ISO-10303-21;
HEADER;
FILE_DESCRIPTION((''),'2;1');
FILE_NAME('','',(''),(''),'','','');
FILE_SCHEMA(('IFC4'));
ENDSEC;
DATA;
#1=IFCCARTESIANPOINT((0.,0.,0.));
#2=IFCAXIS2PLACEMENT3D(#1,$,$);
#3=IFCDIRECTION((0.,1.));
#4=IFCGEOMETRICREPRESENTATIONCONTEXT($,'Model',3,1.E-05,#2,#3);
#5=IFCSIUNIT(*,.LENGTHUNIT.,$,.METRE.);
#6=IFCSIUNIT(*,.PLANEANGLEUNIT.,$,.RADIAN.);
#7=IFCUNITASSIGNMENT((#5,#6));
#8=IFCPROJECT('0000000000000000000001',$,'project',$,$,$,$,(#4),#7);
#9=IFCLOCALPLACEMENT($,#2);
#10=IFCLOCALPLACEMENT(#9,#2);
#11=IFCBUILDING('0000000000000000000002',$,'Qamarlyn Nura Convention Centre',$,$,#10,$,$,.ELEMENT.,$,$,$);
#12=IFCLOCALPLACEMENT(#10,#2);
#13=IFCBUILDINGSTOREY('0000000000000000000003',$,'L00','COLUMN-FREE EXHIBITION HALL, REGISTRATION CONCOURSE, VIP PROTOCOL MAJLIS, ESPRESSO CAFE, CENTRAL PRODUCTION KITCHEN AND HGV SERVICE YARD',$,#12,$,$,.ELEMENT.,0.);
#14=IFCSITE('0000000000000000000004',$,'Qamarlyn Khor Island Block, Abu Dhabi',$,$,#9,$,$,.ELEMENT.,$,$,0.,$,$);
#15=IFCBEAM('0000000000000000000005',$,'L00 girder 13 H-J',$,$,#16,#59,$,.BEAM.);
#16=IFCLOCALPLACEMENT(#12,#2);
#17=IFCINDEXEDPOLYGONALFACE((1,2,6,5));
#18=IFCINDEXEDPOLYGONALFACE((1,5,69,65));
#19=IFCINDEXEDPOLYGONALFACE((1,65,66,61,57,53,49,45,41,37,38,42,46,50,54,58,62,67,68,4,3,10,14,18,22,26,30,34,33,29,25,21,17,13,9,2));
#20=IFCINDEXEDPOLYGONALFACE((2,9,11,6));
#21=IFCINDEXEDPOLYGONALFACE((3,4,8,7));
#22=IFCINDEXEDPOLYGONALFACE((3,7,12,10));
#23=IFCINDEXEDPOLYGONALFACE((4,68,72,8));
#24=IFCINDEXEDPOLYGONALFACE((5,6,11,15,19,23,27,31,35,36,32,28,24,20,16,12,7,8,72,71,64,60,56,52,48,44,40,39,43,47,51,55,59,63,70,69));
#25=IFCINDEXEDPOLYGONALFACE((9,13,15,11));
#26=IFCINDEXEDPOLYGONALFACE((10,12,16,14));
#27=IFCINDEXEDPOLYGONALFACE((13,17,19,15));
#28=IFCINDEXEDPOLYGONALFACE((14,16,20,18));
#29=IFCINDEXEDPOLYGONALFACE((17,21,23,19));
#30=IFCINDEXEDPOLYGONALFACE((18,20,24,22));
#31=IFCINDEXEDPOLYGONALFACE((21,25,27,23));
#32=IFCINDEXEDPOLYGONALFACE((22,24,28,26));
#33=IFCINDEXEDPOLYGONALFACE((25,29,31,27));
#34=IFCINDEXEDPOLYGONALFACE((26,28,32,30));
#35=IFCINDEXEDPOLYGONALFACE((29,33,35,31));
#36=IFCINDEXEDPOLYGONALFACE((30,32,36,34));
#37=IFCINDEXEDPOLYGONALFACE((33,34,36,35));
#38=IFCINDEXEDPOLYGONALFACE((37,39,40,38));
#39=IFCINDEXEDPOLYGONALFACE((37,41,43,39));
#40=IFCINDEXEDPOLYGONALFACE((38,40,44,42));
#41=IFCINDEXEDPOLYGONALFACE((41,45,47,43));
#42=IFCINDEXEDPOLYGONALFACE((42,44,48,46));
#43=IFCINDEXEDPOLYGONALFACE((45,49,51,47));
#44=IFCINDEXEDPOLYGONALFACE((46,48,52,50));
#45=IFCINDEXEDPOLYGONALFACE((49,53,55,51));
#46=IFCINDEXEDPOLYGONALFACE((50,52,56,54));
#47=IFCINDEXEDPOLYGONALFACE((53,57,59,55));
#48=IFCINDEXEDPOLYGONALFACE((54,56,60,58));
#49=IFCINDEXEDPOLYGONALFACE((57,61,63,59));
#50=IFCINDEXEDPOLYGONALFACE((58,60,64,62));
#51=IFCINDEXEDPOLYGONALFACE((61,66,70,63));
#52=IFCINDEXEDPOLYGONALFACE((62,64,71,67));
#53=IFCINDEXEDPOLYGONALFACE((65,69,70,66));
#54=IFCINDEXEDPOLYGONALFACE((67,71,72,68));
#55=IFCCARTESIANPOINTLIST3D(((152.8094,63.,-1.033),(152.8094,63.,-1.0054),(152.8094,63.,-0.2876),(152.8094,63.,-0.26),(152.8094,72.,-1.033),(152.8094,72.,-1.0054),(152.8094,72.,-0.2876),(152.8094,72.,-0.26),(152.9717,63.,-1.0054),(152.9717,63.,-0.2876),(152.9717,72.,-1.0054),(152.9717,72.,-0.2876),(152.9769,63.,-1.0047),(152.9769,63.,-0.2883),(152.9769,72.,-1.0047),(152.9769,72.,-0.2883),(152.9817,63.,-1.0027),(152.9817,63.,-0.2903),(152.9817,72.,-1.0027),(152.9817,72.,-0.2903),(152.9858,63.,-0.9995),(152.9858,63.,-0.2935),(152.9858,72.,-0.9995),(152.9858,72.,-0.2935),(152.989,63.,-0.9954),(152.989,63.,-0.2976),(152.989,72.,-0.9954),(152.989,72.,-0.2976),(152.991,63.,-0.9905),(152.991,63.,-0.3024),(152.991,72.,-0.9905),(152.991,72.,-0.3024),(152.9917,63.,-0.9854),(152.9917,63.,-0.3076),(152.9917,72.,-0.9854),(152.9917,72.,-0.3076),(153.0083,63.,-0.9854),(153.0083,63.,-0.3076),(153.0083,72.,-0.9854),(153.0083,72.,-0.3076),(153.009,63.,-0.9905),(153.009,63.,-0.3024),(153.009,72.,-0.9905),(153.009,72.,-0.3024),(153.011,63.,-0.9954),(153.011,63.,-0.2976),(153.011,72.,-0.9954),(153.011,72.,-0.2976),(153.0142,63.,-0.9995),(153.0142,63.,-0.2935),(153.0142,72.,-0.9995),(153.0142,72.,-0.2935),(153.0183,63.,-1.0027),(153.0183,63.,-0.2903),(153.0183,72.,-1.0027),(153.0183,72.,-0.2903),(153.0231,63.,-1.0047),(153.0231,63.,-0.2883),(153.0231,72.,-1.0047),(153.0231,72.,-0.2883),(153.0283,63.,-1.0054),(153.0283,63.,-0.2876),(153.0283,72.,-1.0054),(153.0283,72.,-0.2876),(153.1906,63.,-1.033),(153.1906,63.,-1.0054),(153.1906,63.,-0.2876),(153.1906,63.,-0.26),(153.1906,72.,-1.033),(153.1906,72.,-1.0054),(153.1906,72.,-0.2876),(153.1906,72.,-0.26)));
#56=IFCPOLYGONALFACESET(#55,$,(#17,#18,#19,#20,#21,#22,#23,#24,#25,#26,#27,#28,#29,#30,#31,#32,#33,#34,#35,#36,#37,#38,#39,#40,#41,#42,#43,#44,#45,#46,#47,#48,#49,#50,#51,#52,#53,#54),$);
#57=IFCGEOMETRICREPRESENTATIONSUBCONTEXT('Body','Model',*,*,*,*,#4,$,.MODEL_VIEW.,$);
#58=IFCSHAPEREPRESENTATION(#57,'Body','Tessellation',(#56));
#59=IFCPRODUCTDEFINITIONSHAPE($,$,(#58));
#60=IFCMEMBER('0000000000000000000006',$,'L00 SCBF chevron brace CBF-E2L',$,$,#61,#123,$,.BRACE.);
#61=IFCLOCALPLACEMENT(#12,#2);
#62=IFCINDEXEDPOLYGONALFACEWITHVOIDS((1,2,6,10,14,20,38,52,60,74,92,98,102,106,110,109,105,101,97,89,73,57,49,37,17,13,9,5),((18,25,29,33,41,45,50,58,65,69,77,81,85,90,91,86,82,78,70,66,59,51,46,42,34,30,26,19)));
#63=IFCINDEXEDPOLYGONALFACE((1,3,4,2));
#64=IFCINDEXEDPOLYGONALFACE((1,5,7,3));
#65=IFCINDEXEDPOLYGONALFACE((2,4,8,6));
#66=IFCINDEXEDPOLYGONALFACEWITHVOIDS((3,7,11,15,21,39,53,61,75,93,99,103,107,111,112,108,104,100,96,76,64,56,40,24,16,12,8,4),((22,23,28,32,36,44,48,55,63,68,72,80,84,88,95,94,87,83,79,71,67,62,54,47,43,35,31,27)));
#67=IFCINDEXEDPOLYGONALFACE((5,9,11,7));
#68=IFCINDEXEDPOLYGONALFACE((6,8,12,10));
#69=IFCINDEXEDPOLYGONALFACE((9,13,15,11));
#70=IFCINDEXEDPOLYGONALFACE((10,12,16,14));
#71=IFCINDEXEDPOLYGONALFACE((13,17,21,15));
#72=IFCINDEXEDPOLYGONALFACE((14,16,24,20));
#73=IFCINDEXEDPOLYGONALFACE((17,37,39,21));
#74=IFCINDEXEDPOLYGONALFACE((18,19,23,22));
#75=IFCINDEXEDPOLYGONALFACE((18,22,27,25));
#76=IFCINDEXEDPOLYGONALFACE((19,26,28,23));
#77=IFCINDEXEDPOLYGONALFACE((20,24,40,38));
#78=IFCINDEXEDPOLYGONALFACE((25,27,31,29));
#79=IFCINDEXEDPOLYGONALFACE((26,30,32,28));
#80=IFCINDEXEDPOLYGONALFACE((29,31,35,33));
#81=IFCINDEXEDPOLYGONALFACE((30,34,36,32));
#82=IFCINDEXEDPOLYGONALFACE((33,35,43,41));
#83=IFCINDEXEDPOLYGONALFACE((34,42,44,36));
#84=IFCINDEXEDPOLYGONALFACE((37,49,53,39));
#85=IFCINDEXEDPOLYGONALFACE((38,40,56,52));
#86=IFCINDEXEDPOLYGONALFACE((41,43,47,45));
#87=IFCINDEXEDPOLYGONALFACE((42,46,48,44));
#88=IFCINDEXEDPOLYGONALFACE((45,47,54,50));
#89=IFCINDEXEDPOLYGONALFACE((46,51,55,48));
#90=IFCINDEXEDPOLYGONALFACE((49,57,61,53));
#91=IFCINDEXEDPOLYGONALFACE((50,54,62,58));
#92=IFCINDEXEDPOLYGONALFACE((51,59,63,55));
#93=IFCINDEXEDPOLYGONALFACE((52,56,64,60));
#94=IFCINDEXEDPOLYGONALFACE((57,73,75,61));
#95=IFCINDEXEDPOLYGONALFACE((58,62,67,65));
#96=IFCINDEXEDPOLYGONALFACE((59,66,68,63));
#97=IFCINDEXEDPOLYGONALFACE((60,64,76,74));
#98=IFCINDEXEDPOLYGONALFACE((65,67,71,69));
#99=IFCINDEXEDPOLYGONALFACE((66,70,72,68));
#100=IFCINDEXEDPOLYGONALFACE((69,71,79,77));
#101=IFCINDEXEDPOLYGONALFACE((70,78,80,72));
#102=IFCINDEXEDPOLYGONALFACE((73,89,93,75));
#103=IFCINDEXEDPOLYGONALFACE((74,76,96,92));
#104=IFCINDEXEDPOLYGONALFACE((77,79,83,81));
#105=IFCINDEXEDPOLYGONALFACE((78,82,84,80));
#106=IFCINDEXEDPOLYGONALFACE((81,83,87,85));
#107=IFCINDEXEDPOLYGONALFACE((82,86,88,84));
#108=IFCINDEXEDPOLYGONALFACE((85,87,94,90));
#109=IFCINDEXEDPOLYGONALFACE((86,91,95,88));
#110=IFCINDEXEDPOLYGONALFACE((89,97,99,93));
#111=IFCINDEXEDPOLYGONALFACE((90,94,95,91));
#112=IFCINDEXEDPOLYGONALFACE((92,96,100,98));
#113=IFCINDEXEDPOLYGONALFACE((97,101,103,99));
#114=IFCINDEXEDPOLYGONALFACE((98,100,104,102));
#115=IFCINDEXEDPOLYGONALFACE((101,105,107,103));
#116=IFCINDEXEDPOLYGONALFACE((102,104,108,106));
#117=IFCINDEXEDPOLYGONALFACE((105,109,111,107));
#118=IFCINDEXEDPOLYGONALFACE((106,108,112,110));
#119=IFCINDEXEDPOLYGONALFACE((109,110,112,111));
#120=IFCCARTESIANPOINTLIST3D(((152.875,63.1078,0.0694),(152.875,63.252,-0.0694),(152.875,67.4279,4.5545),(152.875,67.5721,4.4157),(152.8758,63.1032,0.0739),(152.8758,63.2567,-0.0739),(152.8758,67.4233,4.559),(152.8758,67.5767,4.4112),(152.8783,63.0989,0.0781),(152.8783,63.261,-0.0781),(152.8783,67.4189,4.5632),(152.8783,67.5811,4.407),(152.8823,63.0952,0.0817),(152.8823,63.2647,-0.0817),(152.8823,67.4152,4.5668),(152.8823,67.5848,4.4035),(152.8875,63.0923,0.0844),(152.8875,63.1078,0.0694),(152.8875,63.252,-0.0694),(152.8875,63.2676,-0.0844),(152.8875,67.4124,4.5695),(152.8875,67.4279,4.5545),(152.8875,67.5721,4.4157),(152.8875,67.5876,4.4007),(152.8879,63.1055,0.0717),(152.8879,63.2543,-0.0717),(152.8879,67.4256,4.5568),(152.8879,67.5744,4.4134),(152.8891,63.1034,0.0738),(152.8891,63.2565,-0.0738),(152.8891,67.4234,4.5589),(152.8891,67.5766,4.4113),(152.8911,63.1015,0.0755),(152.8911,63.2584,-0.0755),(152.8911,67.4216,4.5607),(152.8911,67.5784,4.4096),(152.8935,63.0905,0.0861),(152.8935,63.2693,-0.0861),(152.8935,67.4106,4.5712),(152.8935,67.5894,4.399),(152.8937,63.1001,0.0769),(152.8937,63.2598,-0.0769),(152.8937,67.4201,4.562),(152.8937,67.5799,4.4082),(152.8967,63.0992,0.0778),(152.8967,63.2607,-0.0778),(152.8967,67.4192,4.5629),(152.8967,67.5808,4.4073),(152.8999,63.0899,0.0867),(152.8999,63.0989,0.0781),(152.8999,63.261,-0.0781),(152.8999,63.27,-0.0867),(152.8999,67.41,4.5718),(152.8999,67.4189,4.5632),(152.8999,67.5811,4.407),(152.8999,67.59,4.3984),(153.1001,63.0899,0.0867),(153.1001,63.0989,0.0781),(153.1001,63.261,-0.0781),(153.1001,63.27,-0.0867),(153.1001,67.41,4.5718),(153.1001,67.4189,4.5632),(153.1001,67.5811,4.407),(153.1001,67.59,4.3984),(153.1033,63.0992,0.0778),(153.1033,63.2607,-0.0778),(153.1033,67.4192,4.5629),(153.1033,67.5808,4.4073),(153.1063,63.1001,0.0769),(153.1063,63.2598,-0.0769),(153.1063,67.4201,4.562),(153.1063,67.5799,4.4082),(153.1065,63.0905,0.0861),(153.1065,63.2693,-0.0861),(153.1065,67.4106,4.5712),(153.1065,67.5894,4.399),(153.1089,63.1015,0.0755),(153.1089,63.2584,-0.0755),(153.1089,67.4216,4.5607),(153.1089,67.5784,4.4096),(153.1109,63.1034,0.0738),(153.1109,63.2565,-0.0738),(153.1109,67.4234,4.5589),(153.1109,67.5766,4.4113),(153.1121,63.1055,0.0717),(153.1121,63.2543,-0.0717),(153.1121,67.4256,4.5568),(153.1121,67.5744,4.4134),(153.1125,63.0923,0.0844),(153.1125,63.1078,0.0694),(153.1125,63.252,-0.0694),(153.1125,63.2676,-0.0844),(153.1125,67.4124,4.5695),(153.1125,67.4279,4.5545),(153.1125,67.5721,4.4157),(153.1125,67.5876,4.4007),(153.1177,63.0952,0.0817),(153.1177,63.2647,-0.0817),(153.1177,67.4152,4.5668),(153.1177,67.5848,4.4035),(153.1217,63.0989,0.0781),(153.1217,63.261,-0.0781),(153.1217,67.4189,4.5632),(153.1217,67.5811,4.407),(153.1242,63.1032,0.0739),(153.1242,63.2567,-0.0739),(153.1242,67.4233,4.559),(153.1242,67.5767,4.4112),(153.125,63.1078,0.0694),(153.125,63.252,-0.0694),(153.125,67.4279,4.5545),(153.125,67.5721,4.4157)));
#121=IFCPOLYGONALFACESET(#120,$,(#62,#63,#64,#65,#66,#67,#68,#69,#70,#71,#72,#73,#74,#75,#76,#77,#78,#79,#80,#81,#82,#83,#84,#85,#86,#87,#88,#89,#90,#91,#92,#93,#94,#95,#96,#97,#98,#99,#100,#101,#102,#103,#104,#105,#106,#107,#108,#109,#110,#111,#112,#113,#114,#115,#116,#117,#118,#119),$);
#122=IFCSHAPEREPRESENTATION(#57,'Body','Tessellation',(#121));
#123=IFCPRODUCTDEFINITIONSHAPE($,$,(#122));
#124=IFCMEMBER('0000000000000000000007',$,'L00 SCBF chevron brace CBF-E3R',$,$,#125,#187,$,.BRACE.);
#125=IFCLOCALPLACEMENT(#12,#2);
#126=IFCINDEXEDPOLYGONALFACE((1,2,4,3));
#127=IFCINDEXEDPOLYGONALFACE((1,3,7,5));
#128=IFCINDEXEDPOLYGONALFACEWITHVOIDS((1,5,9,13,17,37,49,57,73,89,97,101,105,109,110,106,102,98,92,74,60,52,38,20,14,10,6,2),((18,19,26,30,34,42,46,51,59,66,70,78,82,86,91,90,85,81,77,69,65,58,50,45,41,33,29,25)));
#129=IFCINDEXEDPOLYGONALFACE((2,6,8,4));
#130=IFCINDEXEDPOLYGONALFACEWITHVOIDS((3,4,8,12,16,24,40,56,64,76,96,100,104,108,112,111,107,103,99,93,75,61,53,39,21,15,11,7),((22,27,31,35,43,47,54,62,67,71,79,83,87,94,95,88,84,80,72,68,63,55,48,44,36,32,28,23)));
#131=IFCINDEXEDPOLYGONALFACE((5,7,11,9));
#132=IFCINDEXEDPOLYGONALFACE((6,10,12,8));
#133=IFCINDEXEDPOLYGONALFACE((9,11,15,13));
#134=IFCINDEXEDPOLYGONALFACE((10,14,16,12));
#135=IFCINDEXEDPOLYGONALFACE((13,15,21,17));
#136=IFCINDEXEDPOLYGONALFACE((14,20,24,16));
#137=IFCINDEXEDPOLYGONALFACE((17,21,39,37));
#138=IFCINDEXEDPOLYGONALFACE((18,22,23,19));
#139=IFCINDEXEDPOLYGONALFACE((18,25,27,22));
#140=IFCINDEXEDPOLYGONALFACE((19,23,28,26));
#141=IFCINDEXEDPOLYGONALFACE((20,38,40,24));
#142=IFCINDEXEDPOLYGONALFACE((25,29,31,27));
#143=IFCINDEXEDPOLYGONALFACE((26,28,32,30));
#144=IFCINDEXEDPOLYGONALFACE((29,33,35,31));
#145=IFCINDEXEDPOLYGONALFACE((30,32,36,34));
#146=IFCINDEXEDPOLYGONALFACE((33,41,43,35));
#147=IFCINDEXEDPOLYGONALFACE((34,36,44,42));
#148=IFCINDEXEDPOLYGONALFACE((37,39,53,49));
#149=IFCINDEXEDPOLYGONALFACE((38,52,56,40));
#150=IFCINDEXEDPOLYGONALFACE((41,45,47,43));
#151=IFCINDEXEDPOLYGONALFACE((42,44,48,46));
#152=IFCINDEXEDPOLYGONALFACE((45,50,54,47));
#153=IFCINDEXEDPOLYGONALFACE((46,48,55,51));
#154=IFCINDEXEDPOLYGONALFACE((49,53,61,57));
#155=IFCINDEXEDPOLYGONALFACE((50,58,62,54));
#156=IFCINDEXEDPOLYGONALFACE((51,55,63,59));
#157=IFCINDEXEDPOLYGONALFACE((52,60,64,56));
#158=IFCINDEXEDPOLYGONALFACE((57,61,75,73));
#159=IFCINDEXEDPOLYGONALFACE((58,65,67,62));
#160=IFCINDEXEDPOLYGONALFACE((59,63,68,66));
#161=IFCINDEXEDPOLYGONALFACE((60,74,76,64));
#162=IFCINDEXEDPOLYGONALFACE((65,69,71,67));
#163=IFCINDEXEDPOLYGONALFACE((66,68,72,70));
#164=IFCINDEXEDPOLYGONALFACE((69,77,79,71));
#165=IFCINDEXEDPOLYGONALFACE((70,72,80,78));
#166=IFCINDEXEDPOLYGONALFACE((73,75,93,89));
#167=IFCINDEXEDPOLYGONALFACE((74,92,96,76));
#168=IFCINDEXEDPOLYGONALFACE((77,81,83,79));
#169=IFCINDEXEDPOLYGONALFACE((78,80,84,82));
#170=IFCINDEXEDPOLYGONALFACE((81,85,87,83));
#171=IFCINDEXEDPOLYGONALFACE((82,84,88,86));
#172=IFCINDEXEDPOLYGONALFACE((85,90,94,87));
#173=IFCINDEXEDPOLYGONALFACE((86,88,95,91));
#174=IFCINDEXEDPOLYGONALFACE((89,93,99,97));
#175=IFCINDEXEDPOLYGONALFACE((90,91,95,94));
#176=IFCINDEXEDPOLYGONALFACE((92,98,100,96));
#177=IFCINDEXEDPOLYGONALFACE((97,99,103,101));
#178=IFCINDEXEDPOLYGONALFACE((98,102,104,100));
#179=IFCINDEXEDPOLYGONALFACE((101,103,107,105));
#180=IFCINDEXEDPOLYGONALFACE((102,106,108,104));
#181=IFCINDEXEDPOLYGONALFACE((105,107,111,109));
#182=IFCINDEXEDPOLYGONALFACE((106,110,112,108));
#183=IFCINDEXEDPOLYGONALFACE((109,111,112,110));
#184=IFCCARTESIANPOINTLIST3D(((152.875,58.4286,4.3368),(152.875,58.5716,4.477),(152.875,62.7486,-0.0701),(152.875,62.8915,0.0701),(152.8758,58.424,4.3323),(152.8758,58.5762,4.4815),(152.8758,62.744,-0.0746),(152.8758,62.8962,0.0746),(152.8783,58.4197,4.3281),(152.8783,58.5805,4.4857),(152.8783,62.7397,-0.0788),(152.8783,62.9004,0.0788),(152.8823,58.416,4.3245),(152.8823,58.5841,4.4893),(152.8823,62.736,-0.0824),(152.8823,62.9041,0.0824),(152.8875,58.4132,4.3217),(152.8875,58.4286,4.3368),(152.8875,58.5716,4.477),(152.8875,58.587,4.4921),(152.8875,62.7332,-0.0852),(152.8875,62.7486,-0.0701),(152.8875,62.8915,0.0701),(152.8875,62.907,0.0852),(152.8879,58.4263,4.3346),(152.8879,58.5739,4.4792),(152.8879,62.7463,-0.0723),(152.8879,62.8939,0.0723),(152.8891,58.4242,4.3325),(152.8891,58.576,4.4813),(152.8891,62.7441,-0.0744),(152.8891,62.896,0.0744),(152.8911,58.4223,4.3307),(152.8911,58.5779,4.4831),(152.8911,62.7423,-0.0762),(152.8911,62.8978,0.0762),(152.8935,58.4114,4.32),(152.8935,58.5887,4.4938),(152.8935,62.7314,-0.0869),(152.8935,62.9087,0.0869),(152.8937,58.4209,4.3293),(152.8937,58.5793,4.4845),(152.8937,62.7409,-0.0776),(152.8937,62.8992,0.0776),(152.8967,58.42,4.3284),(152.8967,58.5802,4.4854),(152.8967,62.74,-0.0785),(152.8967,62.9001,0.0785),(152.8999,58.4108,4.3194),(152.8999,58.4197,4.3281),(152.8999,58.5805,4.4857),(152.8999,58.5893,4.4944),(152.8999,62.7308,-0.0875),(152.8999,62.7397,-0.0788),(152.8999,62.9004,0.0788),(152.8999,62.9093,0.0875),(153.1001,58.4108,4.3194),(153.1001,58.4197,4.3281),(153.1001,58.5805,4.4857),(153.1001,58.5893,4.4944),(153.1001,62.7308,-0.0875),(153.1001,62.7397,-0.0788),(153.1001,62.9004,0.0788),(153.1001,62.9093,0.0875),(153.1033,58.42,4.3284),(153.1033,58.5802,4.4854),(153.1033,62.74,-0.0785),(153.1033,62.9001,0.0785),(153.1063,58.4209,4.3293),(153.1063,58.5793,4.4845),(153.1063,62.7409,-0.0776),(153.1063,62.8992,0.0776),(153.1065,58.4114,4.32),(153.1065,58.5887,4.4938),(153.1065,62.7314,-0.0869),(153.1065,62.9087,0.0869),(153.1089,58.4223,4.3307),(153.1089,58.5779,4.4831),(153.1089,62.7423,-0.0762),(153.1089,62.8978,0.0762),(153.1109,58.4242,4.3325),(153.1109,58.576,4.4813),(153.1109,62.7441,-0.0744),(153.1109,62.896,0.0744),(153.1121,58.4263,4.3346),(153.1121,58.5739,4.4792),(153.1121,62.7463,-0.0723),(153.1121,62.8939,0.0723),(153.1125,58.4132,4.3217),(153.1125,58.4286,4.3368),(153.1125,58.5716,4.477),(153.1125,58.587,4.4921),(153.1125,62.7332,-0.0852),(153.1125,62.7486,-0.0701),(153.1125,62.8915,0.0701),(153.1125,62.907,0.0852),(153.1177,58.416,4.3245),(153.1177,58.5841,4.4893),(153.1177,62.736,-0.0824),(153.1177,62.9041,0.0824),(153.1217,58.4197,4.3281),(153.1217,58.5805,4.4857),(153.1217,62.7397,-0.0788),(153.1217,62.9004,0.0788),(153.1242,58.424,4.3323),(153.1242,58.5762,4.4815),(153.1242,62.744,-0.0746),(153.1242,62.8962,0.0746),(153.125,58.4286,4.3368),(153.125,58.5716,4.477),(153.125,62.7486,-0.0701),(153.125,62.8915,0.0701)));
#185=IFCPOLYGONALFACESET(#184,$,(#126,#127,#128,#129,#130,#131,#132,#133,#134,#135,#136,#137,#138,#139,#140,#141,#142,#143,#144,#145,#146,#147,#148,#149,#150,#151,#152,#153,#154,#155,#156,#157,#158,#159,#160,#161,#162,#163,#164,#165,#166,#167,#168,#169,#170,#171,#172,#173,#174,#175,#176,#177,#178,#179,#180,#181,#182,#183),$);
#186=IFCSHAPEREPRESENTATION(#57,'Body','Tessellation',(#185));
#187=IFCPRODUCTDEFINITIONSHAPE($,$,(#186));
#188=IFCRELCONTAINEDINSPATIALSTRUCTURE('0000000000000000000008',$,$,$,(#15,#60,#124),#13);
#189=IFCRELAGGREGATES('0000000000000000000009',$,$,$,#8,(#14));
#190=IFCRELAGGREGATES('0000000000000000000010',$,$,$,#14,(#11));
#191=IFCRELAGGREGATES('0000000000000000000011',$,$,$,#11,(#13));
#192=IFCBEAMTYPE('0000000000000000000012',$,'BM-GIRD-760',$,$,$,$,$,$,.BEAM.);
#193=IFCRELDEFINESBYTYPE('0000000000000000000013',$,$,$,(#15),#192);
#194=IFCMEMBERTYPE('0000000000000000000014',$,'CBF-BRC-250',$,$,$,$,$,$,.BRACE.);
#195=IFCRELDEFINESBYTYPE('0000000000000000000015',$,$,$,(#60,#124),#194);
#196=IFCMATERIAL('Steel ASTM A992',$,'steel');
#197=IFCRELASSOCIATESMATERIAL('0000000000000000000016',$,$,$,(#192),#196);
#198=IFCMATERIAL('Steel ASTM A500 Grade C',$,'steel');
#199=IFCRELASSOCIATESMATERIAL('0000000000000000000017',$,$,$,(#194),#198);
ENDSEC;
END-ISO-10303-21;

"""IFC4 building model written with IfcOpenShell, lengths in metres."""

from ifc_helpers import new_model, si_unit, direction, frame, origin, origin_2d, place, context, subcontext, project, spatial, hollow_rectangle, i_section, extrude, material, material_profile, profile_set, type_object, element, save


model = new_model("IFC4")

# Units and contexts
model_context = context("Model", 3, precision=1e-05, world=origin(), true_north=direction((0.0, 1.0)))
body_context = subcontext(model_context, "Body", "Model", "MODEL_VIEW")
ifc_project = project(units=[si_unit("LENGTHUNIT", "METRE"), si_unit("PLANEANGLEUNIT", "RADIAN")], contexts=[model_context])

# Site, building, storey
site_placement = place(None, origin())
site = spatial("IfcSite", under=ifc_project, at=site_placement, Name="Qamarlyn Khor Island Block, Abu Dhabi", CompositionType="ELEMENT", RefElevation=0.0)
building_placement = place(site_placement, origin())
building = spatial("IfcBuilding", under=site, at=building_placement, Name="Qamarlyn Nura Convention Centre", CompositionType="ELEMENT")
storey_placement = place(building_placement, origin())
storey = spatial("IfcBuildingStorey", under=building, at=storey_placement, Name="L00", Description="COLUMN-FREE EXHIBITION HALL, REGISTRATION CONCOURSE, VIP PROTOCOL MAJLIS, ESPRESSO CAFE, CENTRAL PRODUCTION KITCHEN AND HGV SERVICE YARD", CompositionType="ELEMENT", Elevation=0.0)

# Shared definitions
ifc_material_1 = material(Name="Steel ASTM A500 Grade C", Category="steel")
ifc_material_2 = material(Name="Steel ASTM A992", Category="steel")

# Beam
ifc_material_profile_1 = material_profile(ifc_material_2, i_section(OverallWidth=0.3811, OverallDepth=0.7729, WebThickness=0.0166, FlangeThickness=0.0276, FilletRadius=0.02, at=origin_2d()), Name="W760X257")
ifc_profile_set_1 = profile_set([ifc_material_profile_1], Name="Steel ASTM A992")
beam_type_1 = type_object("IfcBeamType", Name="BM-GIRD-760", PredefinedType="BEAM", material=ifc_profile_set_1)
beam_1_placement = place(storey_placement, frame((153.0, 63.0, -0.6465), z_axis=(0.0, 1.0, 0.0), x_axis=(-1.0, 0.0, 0.0)))
element("IfcBeam", 1, at=beam_1_placement, inside=storey, type_object=beam_type_1, Name="L00 girder 13 H-J", PredefinedType="BEAM", context=body_context, shape_type="SweptSolid", body=[
    extrude(i_section(OverallWidth=0.3811, OverallDepth=0.7729, WebThickness=0.0166, FlangeThickness=0.0276, FilletRadius=0.02, at=origin_2d()), origin(), (0.0, 0.0, 1.0), 9.0),
])

# Members
ifc_material_profile_2 = material_profile(ifc_material_1, hollow_rectangle(XDim=0.25, YDim=0.25, WallThickness=0.0125, InnerFilletRadius=0.0125, OuterFilletRadius=0.0249, at=origin_2d()), Name="HSS250X250X12.5")
ifc_profile_set_2 = profile_set([ifc_material_profile_2], Name="Steel ASTM A500 Grade C")
member_type = type_object("IfcMemberType", Name="CBF-BRC-250", PredefinedType="BRACE", material=ifc_profile_set_2)
member_1_placement = place(storey_placement, frame((153.0, 63.1799, 0.0), z_axis=(0.0, 0.693731, 0.720234), x_axis=(-1.0, 0.0, 0.0)))
element("IfcMember", 2, at=member_1_placement, inside=storey, type_object=member_type, Name="L00 SCBF chevron brace CBF-E2L", PredefinedType="BRACE", context=body_context, shape_type="SweptSolid", body=[
    extrude(hollow_rectangle(XDim=0.25, YDim=0.25, WallThickness=0.0125, InnerFilletRadius=0.0125, OuterFilletRadius=0.0249, at=origin_2d()), origin(), (0.0, 0.0, 1.0), 6.2273),
])
member_2_placement = place(storey_placement, frame((153.0, 62.8201, 0.0), z_axis=(0.0, -0.70003, 0.714114), x_axis=(1.0, 0.0, 0.0)))
element("IfcMember", 3, at=member_2_placement, inside=storey, type_object=member_type, Name="L00 SCBF chevron brace CBF-E3R", PredefinedType="BRACE", context=body_context, shape_type="SweptSolid", body=[
    extrude(hollow_rectangle(XDim=0.25, YDim=0.25, WallThickness=0.0125, InnerFilletRadius=0.0125, OuterFilletRadius=0.0249, at=origin_2d()), origin(), (0.0, 0.0, 1.0), 6.1711),
])

save(model, "model.ifc")
